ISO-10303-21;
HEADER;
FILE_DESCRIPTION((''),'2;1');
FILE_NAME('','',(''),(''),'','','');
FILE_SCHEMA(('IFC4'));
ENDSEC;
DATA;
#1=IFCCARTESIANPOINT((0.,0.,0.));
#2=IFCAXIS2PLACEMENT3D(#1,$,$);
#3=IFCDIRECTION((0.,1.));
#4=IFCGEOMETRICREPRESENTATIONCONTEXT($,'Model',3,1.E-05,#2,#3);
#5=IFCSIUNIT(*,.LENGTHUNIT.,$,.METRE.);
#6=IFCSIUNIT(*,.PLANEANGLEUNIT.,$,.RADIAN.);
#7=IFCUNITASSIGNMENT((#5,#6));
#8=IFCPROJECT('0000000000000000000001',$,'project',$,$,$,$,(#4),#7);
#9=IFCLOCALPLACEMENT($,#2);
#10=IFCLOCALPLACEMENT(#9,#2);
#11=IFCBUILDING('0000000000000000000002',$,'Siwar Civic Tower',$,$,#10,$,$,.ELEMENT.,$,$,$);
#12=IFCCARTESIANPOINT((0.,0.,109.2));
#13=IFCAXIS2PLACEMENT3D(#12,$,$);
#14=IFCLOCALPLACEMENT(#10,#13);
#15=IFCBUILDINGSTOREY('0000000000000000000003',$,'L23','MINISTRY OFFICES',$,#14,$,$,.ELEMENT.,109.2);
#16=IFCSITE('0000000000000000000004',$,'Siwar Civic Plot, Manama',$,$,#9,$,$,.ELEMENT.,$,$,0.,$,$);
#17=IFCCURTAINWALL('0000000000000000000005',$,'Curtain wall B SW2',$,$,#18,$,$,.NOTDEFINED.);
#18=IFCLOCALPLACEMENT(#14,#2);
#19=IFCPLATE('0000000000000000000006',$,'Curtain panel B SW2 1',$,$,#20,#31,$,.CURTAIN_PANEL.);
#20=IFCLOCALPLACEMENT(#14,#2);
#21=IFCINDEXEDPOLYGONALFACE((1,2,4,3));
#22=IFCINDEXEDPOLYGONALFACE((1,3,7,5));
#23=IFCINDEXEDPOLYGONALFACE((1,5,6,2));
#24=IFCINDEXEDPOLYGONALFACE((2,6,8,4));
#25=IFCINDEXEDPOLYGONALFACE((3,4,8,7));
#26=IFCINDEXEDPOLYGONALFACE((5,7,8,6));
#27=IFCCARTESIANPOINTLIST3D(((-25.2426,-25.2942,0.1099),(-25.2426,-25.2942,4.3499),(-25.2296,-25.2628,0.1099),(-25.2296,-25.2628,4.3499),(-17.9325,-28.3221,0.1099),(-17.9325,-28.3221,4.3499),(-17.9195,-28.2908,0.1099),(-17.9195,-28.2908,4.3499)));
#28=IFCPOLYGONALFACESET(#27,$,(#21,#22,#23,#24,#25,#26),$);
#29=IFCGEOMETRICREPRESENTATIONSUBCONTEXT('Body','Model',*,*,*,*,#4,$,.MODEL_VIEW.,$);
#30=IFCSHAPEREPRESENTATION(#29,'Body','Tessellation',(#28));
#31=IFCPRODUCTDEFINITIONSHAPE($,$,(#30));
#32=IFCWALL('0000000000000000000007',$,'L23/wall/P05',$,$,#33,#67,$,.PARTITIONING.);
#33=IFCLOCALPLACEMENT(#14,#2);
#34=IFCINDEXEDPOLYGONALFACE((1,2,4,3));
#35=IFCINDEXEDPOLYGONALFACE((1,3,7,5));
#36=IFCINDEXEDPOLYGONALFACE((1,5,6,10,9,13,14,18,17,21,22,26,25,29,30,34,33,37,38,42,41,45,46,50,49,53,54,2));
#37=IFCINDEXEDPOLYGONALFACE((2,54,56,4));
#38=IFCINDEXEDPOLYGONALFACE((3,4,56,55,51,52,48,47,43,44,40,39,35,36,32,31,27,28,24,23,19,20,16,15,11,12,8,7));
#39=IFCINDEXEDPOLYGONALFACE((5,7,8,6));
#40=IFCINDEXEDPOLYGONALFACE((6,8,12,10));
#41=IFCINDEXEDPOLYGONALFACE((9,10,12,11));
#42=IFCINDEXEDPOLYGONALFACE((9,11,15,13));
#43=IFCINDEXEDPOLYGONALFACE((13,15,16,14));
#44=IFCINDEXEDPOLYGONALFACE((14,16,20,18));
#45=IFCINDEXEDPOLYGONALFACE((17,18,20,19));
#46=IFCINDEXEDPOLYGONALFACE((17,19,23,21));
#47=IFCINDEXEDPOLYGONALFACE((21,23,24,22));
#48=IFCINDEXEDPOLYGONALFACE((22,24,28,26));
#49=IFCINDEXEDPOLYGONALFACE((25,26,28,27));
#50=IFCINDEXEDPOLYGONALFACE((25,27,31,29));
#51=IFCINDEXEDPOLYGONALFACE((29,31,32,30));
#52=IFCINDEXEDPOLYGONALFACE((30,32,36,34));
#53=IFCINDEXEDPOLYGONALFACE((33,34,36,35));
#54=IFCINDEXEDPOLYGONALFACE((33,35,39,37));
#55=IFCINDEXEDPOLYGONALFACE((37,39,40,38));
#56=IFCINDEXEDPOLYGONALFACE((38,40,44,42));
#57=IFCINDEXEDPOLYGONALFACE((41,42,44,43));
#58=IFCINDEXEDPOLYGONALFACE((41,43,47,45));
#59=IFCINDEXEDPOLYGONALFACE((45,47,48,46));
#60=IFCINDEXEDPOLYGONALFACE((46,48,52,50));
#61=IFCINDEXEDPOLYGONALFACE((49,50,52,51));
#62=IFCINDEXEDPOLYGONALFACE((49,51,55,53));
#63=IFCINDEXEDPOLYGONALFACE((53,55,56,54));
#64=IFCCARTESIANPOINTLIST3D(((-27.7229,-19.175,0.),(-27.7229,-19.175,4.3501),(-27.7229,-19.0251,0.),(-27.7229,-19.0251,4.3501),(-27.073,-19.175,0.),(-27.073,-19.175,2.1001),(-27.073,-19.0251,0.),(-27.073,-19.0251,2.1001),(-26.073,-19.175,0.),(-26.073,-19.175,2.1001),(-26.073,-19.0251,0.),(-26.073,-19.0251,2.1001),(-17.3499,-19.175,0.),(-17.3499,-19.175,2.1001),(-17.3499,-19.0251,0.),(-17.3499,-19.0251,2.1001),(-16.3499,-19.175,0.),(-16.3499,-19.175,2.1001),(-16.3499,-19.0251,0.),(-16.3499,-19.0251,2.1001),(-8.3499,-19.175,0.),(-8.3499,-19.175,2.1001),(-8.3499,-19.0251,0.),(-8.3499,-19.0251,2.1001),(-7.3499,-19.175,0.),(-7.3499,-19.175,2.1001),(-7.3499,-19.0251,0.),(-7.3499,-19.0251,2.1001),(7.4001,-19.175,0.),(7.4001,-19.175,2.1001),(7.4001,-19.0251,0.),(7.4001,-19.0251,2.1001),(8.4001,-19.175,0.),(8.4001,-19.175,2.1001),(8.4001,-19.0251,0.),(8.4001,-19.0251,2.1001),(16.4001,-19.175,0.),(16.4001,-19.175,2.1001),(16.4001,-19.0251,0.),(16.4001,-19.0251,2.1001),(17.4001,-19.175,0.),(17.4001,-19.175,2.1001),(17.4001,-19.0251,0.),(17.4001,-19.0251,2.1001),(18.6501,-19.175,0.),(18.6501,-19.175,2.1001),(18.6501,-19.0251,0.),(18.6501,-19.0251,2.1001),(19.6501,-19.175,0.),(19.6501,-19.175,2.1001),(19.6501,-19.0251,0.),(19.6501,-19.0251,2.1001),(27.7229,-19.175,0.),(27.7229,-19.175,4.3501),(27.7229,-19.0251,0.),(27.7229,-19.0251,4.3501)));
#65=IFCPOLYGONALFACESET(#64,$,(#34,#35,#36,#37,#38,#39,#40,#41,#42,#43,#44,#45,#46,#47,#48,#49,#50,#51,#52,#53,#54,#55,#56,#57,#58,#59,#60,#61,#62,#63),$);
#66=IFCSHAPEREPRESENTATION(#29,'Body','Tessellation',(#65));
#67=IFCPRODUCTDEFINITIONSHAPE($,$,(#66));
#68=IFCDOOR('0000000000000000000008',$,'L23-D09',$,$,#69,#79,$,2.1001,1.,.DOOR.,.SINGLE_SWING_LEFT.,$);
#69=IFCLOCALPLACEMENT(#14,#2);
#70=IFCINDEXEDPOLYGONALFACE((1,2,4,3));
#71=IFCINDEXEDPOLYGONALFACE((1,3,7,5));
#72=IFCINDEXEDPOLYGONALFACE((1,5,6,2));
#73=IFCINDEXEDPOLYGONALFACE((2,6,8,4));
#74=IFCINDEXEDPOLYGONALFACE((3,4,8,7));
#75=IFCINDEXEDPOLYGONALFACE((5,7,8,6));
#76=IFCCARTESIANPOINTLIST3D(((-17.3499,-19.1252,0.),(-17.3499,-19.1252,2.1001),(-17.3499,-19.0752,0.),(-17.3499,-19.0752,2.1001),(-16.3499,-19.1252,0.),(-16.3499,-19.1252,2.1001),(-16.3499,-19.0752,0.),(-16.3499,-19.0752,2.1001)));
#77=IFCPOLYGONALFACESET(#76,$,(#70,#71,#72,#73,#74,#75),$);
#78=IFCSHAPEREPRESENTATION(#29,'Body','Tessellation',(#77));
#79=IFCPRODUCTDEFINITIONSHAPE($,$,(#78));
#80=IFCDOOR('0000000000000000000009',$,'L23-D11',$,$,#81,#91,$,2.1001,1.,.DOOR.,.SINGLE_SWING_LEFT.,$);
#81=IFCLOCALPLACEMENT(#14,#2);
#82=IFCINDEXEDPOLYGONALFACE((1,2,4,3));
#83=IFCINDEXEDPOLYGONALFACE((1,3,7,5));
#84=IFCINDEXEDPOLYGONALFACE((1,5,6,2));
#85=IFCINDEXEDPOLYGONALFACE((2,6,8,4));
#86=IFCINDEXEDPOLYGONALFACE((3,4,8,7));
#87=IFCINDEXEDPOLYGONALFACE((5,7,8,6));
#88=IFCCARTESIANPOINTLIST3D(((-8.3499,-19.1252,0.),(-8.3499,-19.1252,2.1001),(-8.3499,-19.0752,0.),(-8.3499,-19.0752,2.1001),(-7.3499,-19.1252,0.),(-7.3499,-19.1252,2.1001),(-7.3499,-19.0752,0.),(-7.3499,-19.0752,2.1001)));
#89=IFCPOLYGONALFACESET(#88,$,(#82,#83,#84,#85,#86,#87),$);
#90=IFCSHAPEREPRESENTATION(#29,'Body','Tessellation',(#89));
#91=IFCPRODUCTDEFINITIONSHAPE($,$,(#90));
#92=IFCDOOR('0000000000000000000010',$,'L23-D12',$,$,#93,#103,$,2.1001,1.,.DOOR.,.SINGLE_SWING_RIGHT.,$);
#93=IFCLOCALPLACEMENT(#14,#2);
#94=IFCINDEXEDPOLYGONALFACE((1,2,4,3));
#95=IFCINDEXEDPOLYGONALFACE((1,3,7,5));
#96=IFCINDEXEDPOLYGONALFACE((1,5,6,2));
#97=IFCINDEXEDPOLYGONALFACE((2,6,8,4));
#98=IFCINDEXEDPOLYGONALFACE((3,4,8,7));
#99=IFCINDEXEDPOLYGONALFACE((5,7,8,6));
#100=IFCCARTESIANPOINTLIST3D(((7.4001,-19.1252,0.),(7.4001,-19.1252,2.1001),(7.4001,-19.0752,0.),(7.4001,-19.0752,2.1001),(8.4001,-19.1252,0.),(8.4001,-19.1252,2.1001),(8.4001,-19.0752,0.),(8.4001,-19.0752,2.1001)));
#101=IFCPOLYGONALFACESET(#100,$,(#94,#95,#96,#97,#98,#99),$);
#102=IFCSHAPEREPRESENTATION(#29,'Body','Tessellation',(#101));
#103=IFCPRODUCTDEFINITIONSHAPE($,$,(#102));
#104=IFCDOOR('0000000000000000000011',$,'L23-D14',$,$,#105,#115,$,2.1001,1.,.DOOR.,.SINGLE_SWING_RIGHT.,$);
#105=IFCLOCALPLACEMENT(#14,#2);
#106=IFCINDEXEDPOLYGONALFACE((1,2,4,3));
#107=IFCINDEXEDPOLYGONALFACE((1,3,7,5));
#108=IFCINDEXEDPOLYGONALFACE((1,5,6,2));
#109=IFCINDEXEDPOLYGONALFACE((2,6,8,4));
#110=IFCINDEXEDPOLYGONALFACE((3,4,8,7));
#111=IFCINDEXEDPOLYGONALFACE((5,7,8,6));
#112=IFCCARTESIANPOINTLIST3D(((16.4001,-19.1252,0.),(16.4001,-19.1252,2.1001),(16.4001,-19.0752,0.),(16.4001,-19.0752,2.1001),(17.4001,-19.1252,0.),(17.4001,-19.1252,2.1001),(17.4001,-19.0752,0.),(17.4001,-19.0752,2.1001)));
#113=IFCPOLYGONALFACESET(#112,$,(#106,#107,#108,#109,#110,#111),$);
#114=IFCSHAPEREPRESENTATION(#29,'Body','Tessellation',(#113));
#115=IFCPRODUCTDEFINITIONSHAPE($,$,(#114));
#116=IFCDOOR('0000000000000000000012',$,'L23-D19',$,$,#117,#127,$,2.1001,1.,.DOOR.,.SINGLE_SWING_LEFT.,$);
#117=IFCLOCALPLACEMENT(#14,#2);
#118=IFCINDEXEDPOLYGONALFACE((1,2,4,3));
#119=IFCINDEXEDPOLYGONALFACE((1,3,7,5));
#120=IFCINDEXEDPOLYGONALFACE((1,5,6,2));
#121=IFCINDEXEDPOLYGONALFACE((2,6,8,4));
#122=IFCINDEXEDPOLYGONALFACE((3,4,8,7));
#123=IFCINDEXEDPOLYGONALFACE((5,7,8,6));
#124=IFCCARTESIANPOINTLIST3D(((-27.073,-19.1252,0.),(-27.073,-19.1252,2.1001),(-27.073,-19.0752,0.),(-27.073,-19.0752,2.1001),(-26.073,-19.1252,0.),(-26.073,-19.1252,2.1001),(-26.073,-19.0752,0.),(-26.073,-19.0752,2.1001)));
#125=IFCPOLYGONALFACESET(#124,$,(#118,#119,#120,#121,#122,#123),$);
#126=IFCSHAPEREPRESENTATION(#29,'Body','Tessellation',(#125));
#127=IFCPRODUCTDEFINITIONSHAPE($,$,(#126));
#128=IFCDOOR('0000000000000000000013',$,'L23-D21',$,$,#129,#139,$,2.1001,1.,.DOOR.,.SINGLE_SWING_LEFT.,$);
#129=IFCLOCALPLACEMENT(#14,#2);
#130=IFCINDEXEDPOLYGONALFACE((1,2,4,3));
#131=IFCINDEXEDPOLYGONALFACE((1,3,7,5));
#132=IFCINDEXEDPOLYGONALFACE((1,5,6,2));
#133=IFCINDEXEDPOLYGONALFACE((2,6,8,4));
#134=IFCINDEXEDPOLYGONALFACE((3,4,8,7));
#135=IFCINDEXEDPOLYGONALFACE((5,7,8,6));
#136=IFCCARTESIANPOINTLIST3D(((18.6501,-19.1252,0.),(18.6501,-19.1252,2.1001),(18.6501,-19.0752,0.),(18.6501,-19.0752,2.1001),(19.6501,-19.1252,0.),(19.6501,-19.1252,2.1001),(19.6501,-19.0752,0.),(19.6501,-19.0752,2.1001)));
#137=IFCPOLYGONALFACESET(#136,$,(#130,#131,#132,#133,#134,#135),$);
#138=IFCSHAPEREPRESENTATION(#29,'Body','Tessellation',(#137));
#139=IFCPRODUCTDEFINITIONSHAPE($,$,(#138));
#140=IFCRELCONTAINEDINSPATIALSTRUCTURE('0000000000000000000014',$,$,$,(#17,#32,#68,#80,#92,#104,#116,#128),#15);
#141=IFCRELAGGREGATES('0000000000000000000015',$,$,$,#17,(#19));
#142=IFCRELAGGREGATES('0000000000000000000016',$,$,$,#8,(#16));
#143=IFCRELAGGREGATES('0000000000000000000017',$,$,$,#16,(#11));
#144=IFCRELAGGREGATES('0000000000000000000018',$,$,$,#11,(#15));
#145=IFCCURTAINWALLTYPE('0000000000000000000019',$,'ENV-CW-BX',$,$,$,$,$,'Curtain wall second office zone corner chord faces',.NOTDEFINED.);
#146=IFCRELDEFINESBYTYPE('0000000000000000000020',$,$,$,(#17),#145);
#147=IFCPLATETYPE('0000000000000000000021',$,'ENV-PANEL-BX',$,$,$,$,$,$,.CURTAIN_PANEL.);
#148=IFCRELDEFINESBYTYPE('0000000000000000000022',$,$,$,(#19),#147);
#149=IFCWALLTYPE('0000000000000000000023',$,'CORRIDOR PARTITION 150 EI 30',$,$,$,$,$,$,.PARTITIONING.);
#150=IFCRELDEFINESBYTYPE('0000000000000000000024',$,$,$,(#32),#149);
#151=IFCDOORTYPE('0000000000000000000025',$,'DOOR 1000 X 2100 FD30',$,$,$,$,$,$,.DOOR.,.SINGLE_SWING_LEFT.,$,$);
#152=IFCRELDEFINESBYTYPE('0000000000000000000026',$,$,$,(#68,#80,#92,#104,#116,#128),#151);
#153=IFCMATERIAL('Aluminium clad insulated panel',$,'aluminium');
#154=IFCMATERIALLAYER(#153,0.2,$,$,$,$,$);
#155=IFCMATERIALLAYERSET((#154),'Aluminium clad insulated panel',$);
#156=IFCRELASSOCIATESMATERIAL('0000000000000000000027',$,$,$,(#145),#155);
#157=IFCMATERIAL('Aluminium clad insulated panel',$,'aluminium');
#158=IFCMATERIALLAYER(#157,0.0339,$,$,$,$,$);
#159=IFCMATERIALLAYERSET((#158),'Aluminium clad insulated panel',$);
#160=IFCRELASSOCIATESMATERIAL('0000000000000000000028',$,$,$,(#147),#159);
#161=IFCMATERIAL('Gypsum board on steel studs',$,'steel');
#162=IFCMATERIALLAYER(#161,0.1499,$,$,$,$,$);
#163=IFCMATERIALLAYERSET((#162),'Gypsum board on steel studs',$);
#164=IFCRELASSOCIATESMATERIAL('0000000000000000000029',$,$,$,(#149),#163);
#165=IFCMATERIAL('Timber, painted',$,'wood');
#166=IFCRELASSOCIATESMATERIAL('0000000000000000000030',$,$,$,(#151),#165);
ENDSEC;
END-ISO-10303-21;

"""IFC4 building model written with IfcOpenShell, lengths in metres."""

from ifc_helpers import new_model, si_unit, direction, frame, frame_2d, origin, origin_2d, place, context, subcontext, project, spatial, rectangle, extrude, material, layer, layer_set, type_object, element, fill, aggregate, save


model = new_model("IFC4")

# Units and contexts
model_context = context("Model", 3, precision=1e-05, world=origin(), true_north=direction((0.0, 1.0)))
body_context = subcontext(model_context, "Body", "Model", "MODEL_VIEW")
ifc_project = project(units=[si_unit("LENGTHUNIT", "METRE"), si_unit("PLANEANGLEUNIT", "RADIAN")], contexts=[model_context])

# Site, building, storey
site_placement = place(None, origin())
site = spatial("IfcSite", under=ifc_project, at=site_placement, Name="Siwar Civic Plot, Manama", CompositionType="ELEMENT", RefElevation=0.0)
building_placement = place(site_placement, origin())
building = spatial("IfcBuilding", under=site, at=building_placement, Name="Siwar Civic Tower", CompositionType="ELEMENT")
storey_placement = place(building_placement, frame((0.0, 0.0, 109.2)))
storey = spatial("IfcBuildingStorey", under=building, at=storey_placement, Name="L23", Description="MINISTRY OFFICES", CompositionType="ELEMENT", Elevation=109.2)

# Curtain wall
ifc_material_1 = material(Name="Aluminium clad insulated panel", Category="aluminium")
ifc_layer_1 = layer(ifc_material_1, 0.2)
ifc_layer_set_1 = layer_set([ifc_layer_1], Name="Aluminium clad insulated panel")
curtain_wall_type = type_object("IfcCurtainWallType", Name="ENV-CW-BX", ElementType="Curtain wall second office zone corner chord faces", PredefinedType="NOTDEFINED", material=ifc_layer_set_1)
curtain_wall_1_placement = place(storey_placement, origin())
curtain_wall_1 = element("IfcCurtainWall", 1, at=curtain_wall_1_placement, inside=storey, type_object=curtain_wall_type, Name="Curtain wall B SW2", PredefinedType="NOTDEFINED")

# Shared definitions
ifc_material_2 = material(Name="Aluminium clad insulated panel", Category="aluminium")
ifc_layer_2 = layer(ifc_material_2, 0.0339)
ifc_layer_set_2 = layer_set([ifc_layer_2], Name="Aluminium clad insulated panel")
plate_type = type_object("IfcPlateType", Name="ENV-PANEL-BX", PredefinedType="CURTAIN_PANEL", material=ifc_layer_set_2)

# Plate
plate_1_placement = place(storey_placement, frame((-21.5811, -26.7925, 0.1099), z_axis=(0.0, 0.0, 1.0), x_axis=(0.92388, -0.382683, 0.0)))
plate_1 = element("IfcPlate", 2, at=plate_1_placement, type_object=plate_type, Name="Curtain panel B SW2 1", PredefinedType="CURTAIN_PANEL", context=body_context, shape_type="SweptSolid", body=[
    extrude(rectangle(XDim=7.9124, YDim=0.0339, at=origin_2d()), origin(), (0.0, 0.0, 1.0), 4.24),
])
aggregate(curtain_wall_1, [plate_1])

# Wall, openings, doors
ifc_material_3 = material(Name="Gypsum board on steel studs", Category="steel")
ifc_layer_3 = layer(ifc_material_3, 0.1499)
ifc_layer_set_3 = layer_set([ifc_layer_3], Name="Gypsum board on steel studs")
wall_type_1 = type_object("IfcWallType", Name="CORRIDOR PARTITION 150 EI 30", PredefinedType="PARTITIONING", material=ifc_layer_set_3)
wall_1_placement = place(storey_placement, frame((-27.7229, -19.1001, 0.0), z_axis=(0.0, 0.0, 1.0), x_axis=(1.0, 0.0, 0.0)))
wall_1 = element("IfcWall", 3, at=wall_1_placement, inside=storey, type_object=wall_type_1, Name="L23/wall/P05", PredefinedType="PARTITIONING", context=body_context, shape_type="SweptSolid", body=[
    extrude(rectangle(XDim=55.4458, YDim=0.1499, at=frame_2d((27.7229, 0.0))), origin(), (0.0, 0.0, 1.0), 4.3501),
])
opening_1_placement = place(wall_1_placement, frame((10.373, 0.0, 0.0)))
opening_1 = element("IfcOpeningElement", 4, at=opening_1_placement, cuts=wall_1, PredefinedType="OPENING", context=body_context, shape_type="SweptSolid", body=[
    extrude(rectangle(XDim=1.0, YDim=2.1001, at=frame_2d((0.5, 1.05))), frame((0.0, 0.085, 0.0), z_axis=(0.0, -1.0, 0.0), x_axis=(1.0, 0.0, 0.0)), (0.0, 0.0, 1.0), 0.1699),
])
opening_2_placement = place(wall_1_placement, frame((19.373, 0.0, 0.0)))
opening_2 = element("IfcOpeningElement", 5, at=opening_2_placement, cuts=wall_1, PredefinedType="OPENING", context=body_context, shape_type="SweptSolid", body=[
    extrude(rectangle(XDim=1.0, YDim=2.1001, at=frame_2d((0.5, 1.05))), frame((0.0, 0.085, 0.0), z_axis=(0.0, -1.0, 0.0), x_axis=(1.0, 0.0, 0.0)), (0.0, 0.0, 1.0), 0.1699),
])
opening_3_placement = place(wall_1_placement, frame((35.123, 0.0, 0.0)))
opening_3 = element("IfcOpeningElement", 6, at=opening_3_placement, cuts=wall_1, PredefinedType="OPENING", context=body_context, shape_type="SweptSolid", body=[
    extrude(rectangle(XDim=1.0, YDim=2.1001, at=frame_2d((0.5, 1.05))), frame((0.0, 0.085, 0.0), z_axis=(0.0, -1.0, 0.0), x_axis=(1.0, 0.0, 0.0)), (0.0, 0.0, 1.0), 0.1699),
])
opening_4_placement = place(wall_1_placement, frame((44.123, 0.0, 0.0)))
opening_4 = element("IfcOpeningElement", 7, at=opening_4_placement, cuts=wall_1, PredefinedType="OPENING", context=body_context, shape_type="SweptSolid", body=[
    extrude(rectangle(XDim=1.0, YDim=2.1001, at=frame_2d((0.5, 1.05))), frame((0.0, 0.085, 0.0), z_axis=(0.0, -1.0, 0.0), x_axis=(1.0, 0.0, 0.0)), (0.0, 0.0, 1.0), 0.1699),
])
opening_5_placement = place(wall_1_placement, frame((0.6499, 0.0, 0.0)))
opening_5 = element("IfcOpeningElement", 8, at=opening_5_placement, cuts=wall_1, PredefinedType="OPENING", context=body_context, shape_type="SweptSolid", body=[
    extrude(rectangle(XDim=1.0, YDim=2.1001, at=frame_2d((0.5, 1.05))), frame((0.0, 0.085, 0.0), z_axis=(0.0, -1.0, 0.0), x_axis=(1.0, 0.0, 0.0)), (0.0, 0.0, 1.0), 0.1699),
])
opening_6_placement = place(wall_1_placement, frame((46.373, 0.0, 0.0)))
opening_6 = element("IfcOpeningElement", 9, at=opening_6_placement, cuts=wall_1, PredefinedType="OPENING", context=body_context, shape_type="SweptSolid", body=[
    extrude(rectangle(XDim=1.0, YDim=2.1001, at=frame_2d((0.5, 1.05))), frame((0.0, 0.085, 0.0), z_axis=(0.0, -1.0, 0.0), x_axis=(1.0, 0.0, 0.0)), (0.0, 0.0, 1.0), 0.1699),
])
ifc_material_4 = material(Name="Timber, painted", Category="wood")
door_type_1 = type_object("IfcDoorType", Name="DOOR 1000 X 2100 FD30", OperationType="SINGLE_SWING_LEFT", PredefinedType="DOOR", material=ifc_material_4)
door_1_placement = place(opening_1_placement, origin())
door_1 = element("IfcDoor", 10, at=door_1_placement, inside=storey, type_object=door_type_1, Name="L23-D09", OperationType="SINGLE_SWING_LEFT", OverallHeight=2.1001, OverallWidth=1.0, PredefinedType="DOOR", context=body_context, shape_type="SweptSolid", body=[
    extrude(rectangle(XDim=1.0, YDim=2.1001, at=frame_2d((0.5, 1.05))), frame((0.0, 0.0249, 0.0), z_axis=(0.0, -1.0, 0.0), x_axis=(1.0, 0.0, 0.0)), (0.0, 0.0, 1.0), 0.05),
])
fill(opening_1, door_1)
door_2_placement = place(opening_2_placement, origin())
door_2 = element("IfcDoor", 11, at=door_2_placement, inside=storey, type_object=door_type_1, Name="L23-D11", OperationType="SINGLE_SWING_LEFT", OverallHeight=2.1001, OverallWidth=1.0, PredefinedType="DOOR", context=body_context, shape_type="SweptSolid", body=[
    extrude(rectangle(XDim=1.0, YDim=2.1001, at=frame_2d((0.5, 1.05))), frame((0.0, 0.0249, 0.0), z_axis=(0.0, -1.0, 0.0), x_axis=(1.0, 0.0, 0.0)), (0.0, 0.0, 1.0), 0.05),
])
fill(opening_2, door_2)
door_3_placement = place(opening_3_placement, origin())
door_3 = element("IfcDoor", 12, at=door_3_placement, inside=storey, type_object=door_type_1, Name="L23-D12", OperationType="SINGLE_SWING_RIGHT", OverallHeight=2.1001, OverallWidth=1.0, PredefinedType="DOOR", context=body_context, shape_type="SweptSolid", body=[
    extrude(rectangle(XDim=1.0, YDim=2.1001, at=frame_2d((0.5, 1.05))), frame((0.0, 0.0249, 0.0), z_axis=(0.0, -1.0, 0.0), x_axis=(1.0, 0.0, 0.0)), (0.0, 0.0, 1.0), 0.05),
])
fill(opening_3, door_3)
door_4_placement = place(opening_4_placement, origin())
door_4 = element("IfcDoor", 13, at=door_4_placement, inside=storey, type_object=door_type_1, Name="L23-D14", OperationType="SINGLE_SWING_RIGHT", OverallHeight=2.1001, OverallWidth=1.0, PredefinedType="DOOR", context=body_context, shape_type="SweptSolid", body=[
    extrude(rectangle(XDim=1.0, YDim=2.1001, at=frame_2d((0.5, 1.05))), frame((0.0, 0.0249, 0.0), z_axis=(0.0, -1.0, 0.0), x_axis=(1.0, 0.0, 0.0)), (0.0, 0.0, 1.0), 0.05),
])
fill(opening_4, door_4)
door_5_placement = place(opening_5_placement, origin())
door_5 = element("IfcDoor", 14, at=door_5_placement, inside=storey, type_object=door_type_1, Name="L23-D19", OperationType="SINGLE_SWING_LEFT", OverallHeight=2.1001, OverallWidth=1.0, PredefinedType="DOOR", context=body_context, shape_type="SweptSolid", body=[
    extrude(rectangle(XDim=1.0, YDim=2.1001, at=frame_2d((0.5, 1.05))), frame((0.0, 0.0249, 0.0), z_axis=(0.0, -1.0, 0.0), x_axis=(1.0, 0.0, 0.0)), (0.0, 0.0, 1.0), 0.05),
])
fill(opening_5, door_5)
door_6_placement = place(opening_6_placement, origin())
door_6 = element("IfcDoor", 15, at=door_6_placement, inside=storey, type_object=door_type_1, Name="L23-D21", OperationType="SINGLE_SWING_LEFT", OverallHeight=2.1001, OverallWidth=1.0, PredefinedType="DOOR", context=body_context, shape_type="SweptSolid", body=[
    extrude(rectangle(XDim=1.0, YDim=2.1001, at=frame_2d((0.5, 1.05))), frame((0.0, 0.0249, 0.0), z_axis=(0.0, -1.0, 0.0), x_axis=(1.0, 0.0, 0.0)), (0.0, 0.0, 1.0), 0.05),
])
fill(opening_6, door_6)

save(model, "model.ifc")
